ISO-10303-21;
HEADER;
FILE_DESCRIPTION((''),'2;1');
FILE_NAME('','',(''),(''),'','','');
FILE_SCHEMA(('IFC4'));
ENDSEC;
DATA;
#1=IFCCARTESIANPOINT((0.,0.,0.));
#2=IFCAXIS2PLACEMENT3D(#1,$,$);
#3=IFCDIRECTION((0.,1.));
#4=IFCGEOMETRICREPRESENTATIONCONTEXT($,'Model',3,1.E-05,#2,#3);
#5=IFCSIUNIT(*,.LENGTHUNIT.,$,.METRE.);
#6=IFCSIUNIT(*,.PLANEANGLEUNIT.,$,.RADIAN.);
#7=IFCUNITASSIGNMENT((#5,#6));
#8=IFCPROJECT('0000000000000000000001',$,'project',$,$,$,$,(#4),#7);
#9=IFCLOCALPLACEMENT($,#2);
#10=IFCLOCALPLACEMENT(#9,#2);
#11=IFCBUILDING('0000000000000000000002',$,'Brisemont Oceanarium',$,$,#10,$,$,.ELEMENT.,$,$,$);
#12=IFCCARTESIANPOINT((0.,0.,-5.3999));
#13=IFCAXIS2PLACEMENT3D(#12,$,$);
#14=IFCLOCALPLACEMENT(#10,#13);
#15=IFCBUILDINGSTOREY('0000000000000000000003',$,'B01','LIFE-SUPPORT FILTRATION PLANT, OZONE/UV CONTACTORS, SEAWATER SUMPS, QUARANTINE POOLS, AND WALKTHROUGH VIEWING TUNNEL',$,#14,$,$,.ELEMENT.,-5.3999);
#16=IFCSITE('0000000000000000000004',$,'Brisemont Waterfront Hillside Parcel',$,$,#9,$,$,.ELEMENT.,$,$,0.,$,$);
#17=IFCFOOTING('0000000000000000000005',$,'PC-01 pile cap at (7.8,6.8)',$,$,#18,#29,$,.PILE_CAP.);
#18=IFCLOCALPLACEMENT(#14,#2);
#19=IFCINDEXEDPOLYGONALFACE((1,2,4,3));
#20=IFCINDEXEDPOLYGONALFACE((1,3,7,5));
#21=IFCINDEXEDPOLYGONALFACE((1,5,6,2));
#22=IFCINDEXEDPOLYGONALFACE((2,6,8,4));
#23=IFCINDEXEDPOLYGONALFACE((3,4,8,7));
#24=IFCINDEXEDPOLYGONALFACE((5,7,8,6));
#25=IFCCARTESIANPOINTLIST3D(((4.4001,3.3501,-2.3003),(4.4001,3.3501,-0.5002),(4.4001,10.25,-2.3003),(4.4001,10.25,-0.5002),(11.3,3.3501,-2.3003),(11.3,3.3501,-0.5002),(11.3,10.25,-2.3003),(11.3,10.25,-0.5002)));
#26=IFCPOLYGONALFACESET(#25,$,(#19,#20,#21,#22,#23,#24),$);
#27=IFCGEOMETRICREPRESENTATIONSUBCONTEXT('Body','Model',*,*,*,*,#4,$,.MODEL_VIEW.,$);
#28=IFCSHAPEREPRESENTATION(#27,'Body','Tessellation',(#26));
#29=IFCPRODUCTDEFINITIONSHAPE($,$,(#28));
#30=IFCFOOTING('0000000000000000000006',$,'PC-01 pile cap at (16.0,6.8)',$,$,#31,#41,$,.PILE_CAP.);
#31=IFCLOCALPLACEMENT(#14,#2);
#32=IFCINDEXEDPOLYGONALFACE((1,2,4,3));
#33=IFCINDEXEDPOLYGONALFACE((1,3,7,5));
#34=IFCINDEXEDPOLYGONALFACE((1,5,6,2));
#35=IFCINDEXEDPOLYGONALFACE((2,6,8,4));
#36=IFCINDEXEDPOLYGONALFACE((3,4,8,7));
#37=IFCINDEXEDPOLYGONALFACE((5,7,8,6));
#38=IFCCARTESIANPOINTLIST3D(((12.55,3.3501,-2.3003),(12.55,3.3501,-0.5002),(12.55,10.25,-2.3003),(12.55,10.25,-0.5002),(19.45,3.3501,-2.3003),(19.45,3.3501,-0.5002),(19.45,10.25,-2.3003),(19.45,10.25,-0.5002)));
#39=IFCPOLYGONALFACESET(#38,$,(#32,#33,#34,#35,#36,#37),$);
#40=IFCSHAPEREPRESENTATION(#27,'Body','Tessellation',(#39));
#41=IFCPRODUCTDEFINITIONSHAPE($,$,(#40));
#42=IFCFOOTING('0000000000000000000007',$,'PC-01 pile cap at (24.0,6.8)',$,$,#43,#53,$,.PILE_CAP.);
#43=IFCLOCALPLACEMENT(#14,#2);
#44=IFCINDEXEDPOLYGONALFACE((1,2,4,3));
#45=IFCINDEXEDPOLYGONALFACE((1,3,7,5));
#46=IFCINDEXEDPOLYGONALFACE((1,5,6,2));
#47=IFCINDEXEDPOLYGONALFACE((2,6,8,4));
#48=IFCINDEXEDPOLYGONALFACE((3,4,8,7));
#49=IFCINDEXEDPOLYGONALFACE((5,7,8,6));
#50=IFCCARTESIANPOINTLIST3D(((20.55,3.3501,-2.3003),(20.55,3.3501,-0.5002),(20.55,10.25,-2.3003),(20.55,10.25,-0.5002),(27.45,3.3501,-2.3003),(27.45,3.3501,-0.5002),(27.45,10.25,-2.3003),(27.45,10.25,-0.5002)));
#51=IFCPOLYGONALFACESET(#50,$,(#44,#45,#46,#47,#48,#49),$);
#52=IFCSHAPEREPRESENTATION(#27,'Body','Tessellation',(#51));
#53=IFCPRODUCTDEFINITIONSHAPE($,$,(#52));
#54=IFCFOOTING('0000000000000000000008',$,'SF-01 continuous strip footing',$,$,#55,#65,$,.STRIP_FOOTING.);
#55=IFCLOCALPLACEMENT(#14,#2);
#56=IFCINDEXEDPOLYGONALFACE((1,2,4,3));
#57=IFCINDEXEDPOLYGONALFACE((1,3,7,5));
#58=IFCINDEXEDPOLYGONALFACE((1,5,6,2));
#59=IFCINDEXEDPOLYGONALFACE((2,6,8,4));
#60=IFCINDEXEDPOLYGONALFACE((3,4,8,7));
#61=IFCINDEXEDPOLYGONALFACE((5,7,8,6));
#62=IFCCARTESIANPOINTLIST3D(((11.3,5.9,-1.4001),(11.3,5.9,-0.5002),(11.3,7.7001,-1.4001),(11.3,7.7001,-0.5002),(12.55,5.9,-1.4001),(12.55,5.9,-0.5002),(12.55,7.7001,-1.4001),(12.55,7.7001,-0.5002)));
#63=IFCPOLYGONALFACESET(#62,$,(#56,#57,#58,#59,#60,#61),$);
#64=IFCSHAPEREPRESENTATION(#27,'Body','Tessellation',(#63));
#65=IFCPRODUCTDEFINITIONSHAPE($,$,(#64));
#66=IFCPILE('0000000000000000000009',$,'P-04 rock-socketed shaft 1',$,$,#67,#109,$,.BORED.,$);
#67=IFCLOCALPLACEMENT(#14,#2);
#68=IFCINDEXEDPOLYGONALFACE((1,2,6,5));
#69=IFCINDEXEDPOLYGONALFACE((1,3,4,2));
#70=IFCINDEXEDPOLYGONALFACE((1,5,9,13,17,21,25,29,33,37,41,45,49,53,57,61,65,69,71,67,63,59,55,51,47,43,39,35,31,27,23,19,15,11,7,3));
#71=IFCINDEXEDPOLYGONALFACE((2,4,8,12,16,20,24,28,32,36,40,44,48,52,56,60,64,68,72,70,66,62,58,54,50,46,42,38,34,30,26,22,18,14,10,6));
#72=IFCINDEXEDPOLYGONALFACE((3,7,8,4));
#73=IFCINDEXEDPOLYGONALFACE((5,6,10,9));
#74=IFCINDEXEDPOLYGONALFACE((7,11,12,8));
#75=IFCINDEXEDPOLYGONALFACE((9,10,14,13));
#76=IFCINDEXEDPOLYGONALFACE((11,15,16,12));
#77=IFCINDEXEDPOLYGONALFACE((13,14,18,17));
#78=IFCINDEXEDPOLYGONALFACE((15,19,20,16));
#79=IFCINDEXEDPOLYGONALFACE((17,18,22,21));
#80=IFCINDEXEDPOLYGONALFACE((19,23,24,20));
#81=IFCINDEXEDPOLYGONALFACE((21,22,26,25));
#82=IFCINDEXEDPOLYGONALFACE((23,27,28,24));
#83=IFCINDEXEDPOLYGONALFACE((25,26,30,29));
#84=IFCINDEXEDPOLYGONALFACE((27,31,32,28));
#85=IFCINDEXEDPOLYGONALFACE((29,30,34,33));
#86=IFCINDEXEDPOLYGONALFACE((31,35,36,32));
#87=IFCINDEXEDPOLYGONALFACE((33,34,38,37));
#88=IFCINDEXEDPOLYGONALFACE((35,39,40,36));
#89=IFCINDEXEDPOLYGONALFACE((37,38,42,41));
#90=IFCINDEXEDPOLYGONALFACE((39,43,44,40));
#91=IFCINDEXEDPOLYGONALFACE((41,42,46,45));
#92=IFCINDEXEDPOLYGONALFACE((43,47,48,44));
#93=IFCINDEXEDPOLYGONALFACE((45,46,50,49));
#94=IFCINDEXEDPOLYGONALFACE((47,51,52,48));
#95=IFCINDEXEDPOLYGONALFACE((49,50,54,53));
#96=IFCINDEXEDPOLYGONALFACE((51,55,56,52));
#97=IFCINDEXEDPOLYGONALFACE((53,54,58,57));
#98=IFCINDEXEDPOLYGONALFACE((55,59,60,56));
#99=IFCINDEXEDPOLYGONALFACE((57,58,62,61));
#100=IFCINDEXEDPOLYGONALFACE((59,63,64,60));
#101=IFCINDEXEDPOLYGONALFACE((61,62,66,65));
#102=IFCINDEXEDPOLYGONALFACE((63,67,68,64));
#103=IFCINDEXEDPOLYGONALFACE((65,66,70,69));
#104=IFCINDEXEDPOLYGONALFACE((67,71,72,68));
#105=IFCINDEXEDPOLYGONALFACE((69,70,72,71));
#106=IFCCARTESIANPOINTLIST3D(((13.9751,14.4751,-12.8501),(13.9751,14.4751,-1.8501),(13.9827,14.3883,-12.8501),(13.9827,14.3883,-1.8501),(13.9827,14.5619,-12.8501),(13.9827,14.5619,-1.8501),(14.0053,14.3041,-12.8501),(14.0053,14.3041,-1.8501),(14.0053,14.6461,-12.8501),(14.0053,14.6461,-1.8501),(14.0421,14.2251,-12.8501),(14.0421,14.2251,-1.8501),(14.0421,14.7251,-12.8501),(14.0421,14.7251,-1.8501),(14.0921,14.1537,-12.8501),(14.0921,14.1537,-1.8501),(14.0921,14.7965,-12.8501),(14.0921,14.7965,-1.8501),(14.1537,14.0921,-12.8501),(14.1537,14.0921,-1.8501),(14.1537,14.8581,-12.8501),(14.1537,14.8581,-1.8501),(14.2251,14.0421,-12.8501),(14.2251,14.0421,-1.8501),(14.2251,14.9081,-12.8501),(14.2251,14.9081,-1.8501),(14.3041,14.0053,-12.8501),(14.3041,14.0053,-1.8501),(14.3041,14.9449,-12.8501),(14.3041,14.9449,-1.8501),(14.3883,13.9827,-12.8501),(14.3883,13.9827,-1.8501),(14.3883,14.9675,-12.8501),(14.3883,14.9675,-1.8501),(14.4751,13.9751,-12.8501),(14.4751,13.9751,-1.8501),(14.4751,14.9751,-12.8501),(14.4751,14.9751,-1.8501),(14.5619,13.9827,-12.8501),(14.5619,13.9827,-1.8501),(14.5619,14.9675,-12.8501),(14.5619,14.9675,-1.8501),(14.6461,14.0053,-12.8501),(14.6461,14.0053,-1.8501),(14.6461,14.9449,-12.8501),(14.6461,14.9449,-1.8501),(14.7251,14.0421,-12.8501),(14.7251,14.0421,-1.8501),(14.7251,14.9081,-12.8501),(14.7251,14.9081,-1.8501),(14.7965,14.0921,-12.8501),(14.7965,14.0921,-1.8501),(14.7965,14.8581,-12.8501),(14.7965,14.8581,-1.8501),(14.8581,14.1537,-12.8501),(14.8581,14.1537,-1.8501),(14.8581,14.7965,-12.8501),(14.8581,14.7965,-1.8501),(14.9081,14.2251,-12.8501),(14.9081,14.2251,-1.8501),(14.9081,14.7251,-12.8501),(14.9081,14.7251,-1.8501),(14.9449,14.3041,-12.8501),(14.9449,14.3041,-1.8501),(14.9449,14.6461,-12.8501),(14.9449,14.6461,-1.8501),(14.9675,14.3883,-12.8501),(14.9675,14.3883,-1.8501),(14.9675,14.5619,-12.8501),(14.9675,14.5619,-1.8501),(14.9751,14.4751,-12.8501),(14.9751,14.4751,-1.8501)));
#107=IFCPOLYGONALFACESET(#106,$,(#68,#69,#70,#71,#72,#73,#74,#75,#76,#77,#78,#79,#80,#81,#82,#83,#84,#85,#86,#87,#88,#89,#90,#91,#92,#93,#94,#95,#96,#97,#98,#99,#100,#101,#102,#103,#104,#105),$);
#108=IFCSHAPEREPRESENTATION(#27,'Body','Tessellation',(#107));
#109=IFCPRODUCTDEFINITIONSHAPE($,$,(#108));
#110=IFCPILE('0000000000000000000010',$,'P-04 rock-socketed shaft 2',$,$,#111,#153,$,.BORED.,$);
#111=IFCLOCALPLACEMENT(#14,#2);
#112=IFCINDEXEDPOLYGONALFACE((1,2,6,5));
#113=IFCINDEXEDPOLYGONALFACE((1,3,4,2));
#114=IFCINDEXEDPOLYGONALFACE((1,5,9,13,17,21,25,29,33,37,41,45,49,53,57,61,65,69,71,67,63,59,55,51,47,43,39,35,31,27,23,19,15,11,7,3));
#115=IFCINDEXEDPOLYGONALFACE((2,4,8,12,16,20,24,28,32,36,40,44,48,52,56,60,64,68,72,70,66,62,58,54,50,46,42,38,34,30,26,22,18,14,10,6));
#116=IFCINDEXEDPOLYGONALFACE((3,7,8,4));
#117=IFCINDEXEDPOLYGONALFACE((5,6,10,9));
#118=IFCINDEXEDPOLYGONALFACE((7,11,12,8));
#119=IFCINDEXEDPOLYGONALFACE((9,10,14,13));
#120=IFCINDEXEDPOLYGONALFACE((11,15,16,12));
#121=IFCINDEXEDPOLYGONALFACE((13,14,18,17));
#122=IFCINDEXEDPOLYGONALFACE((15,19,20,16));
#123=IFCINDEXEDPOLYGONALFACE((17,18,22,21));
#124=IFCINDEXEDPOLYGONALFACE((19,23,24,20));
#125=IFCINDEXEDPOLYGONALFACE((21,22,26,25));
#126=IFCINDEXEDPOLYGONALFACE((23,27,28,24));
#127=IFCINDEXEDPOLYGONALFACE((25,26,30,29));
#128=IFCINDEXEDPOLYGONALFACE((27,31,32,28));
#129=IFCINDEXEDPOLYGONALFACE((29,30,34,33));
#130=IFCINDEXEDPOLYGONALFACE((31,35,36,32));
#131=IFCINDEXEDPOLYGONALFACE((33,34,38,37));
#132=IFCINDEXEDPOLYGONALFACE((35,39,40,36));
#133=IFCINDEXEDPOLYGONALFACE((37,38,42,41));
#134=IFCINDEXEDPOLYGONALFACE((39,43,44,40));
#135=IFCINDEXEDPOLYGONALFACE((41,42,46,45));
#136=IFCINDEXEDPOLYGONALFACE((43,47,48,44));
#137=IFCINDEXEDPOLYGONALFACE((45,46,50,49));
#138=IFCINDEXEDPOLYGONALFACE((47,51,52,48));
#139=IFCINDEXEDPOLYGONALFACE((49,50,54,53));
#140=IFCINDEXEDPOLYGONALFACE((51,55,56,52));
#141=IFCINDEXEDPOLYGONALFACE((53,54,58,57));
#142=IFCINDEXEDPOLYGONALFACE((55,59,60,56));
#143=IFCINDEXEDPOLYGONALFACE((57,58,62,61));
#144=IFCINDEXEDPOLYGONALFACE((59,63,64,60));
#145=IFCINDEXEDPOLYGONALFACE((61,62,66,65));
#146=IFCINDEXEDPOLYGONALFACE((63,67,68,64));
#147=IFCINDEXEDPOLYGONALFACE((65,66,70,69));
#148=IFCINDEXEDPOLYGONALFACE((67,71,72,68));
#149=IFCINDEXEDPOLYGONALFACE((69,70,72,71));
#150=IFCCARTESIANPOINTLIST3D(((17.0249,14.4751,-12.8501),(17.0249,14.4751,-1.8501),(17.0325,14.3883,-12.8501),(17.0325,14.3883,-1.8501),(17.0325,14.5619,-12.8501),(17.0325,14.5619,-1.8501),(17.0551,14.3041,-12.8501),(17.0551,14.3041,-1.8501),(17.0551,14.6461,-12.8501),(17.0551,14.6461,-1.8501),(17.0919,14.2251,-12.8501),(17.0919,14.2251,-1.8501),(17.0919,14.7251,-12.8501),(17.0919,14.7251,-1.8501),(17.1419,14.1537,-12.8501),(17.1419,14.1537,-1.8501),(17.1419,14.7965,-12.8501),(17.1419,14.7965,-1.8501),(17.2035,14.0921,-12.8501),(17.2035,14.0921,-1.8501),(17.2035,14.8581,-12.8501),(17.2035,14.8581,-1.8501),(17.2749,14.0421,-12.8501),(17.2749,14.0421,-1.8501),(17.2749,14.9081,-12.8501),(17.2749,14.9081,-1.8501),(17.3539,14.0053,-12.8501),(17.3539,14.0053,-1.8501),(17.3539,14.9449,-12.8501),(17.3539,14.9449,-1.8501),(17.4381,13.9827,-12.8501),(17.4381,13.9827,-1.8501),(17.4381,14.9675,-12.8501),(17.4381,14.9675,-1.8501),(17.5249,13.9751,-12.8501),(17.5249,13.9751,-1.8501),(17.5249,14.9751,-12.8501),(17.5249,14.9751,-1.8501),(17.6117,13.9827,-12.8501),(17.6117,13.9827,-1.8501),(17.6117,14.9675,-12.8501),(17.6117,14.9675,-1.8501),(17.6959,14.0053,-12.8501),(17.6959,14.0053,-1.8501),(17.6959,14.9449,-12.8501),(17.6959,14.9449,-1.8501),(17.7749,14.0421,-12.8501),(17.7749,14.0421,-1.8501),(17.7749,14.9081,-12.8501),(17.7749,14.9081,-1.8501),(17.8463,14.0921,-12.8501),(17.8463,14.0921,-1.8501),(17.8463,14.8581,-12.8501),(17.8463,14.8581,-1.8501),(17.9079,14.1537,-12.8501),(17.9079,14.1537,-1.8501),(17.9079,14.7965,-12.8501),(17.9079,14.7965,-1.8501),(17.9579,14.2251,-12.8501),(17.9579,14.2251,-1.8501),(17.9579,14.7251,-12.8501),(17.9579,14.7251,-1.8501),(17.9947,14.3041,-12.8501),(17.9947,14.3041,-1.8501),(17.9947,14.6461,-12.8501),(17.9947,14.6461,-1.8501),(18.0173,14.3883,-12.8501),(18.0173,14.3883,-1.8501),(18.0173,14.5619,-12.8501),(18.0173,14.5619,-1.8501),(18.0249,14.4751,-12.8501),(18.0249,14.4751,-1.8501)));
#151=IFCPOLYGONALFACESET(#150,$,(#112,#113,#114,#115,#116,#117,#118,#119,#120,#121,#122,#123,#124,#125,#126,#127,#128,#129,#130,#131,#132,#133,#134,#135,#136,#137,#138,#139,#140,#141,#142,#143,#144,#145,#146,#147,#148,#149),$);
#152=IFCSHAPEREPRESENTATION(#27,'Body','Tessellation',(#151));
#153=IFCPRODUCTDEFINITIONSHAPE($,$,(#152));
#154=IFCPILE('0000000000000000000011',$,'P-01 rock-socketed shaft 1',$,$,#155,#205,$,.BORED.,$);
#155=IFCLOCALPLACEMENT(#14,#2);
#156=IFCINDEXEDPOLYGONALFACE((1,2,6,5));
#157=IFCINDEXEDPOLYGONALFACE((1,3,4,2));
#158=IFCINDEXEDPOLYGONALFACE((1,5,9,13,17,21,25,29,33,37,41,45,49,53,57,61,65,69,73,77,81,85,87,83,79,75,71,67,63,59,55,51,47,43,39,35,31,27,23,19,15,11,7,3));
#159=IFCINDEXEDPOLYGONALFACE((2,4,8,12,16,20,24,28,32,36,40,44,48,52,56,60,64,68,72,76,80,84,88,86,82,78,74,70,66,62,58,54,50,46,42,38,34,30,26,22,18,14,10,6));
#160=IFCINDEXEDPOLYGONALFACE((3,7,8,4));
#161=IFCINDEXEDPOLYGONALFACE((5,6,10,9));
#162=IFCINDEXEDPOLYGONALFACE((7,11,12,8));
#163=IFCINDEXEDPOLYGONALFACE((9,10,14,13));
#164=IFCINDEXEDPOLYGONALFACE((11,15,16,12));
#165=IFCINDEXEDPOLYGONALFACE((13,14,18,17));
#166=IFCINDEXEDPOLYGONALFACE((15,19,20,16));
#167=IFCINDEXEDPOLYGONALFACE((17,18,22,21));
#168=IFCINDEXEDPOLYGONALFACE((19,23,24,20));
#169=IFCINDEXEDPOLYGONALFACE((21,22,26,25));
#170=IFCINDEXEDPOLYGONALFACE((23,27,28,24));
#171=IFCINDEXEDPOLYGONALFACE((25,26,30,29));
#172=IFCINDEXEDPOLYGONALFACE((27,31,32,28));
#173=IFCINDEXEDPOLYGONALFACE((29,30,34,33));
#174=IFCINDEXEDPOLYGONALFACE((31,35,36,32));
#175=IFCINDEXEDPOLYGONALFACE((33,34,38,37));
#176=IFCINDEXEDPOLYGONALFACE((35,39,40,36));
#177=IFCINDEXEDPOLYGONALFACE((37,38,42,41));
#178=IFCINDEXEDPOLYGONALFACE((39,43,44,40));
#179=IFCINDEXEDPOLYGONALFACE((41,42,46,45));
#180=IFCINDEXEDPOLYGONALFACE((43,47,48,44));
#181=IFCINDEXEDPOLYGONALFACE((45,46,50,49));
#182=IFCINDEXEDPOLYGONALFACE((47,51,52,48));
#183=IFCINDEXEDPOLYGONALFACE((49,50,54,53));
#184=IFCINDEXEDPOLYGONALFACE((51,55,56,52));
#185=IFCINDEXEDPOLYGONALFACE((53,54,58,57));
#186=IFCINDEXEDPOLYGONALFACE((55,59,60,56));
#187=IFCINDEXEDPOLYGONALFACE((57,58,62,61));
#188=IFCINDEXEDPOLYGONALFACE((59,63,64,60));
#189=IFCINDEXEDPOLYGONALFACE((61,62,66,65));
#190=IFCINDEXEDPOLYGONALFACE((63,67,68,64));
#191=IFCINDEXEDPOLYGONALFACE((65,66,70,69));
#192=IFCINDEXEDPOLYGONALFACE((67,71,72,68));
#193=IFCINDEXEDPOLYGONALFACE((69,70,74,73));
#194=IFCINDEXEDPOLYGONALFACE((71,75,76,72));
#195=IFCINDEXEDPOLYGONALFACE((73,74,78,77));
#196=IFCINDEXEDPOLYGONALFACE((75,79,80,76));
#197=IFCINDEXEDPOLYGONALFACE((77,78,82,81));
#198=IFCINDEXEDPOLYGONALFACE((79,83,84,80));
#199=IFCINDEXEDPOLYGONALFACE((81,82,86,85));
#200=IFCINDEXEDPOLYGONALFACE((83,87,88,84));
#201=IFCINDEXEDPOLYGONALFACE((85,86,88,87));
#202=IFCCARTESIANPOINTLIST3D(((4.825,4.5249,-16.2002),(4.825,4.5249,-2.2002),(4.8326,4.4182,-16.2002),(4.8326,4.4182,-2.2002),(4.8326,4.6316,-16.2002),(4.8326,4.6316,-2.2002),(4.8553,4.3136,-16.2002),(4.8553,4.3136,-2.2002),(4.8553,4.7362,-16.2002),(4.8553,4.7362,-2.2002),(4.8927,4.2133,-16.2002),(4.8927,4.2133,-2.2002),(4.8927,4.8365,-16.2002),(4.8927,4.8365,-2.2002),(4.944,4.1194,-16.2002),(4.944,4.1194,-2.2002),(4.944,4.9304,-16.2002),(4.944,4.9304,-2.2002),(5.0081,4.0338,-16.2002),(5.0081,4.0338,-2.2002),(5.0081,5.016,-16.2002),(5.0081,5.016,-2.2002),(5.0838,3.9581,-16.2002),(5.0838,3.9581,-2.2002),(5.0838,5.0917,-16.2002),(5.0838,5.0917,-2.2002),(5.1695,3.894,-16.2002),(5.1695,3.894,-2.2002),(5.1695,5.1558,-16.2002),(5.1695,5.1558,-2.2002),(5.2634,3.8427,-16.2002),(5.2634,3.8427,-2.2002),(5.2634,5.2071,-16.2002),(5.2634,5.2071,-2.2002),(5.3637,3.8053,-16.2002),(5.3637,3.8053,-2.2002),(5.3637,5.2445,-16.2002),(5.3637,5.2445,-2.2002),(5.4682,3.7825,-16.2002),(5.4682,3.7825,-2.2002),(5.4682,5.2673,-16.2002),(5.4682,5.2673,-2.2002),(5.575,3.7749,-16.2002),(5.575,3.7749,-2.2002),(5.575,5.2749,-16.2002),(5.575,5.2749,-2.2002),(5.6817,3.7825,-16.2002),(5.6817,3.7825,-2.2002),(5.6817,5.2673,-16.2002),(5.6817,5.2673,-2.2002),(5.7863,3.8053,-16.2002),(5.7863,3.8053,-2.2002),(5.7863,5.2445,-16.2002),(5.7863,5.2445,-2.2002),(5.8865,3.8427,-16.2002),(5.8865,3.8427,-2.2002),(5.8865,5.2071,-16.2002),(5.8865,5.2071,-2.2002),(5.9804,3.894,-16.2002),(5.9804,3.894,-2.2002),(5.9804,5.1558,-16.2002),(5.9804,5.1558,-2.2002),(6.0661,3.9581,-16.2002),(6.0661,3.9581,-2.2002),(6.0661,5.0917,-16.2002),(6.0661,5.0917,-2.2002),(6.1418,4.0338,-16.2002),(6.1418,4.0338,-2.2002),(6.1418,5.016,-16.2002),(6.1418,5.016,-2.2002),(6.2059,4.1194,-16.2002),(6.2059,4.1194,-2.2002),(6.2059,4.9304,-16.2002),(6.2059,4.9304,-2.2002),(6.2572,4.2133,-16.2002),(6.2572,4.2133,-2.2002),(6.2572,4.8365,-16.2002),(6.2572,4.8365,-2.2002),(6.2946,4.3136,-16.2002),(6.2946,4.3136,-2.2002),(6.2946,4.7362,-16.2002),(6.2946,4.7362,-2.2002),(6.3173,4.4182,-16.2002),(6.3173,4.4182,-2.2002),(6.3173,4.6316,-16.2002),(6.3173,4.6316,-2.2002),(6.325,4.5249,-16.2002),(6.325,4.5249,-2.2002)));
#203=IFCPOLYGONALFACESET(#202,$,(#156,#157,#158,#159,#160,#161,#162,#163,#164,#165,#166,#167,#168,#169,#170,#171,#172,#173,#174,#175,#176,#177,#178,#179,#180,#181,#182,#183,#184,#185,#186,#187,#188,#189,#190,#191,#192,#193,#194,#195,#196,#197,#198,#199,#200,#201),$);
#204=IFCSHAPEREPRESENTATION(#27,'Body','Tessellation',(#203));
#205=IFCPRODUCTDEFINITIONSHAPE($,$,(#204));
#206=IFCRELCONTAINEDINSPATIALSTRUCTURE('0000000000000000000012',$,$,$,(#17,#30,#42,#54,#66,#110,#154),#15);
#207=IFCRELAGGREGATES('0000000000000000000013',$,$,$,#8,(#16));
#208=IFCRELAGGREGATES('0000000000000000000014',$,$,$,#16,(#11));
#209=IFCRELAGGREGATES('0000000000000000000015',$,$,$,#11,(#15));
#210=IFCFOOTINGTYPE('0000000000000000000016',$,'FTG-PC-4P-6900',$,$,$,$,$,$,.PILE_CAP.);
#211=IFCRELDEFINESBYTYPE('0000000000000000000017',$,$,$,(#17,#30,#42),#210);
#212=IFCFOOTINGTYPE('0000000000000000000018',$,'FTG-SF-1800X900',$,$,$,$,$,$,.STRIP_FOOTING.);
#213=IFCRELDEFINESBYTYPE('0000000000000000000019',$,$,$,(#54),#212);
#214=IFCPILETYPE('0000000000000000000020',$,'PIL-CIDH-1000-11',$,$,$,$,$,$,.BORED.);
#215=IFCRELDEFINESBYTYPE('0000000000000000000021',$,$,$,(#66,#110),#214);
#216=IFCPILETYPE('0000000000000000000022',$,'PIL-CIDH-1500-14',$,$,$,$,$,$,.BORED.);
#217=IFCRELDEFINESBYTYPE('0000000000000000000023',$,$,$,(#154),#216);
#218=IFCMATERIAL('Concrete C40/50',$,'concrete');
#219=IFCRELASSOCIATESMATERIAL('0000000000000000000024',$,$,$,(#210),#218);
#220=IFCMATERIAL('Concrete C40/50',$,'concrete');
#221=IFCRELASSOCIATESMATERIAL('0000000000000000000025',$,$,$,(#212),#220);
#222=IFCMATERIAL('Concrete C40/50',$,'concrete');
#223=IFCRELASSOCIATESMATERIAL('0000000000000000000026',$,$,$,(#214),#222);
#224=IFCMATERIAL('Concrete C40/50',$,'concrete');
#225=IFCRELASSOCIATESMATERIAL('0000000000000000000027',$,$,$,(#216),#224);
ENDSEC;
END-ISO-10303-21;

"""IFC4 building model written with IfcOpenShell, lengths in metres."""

from ifc_helpers import new_model, si_unit, direction, frame, origin, origin_2d, place, context, subcontext, project, spatial, rectangle, circle, extrude, material, material_profile, profile_set, type_object, element, save


model = new_model("IFC4")

# Units and contexts
model_context = context("Model", 3, precision=1e-05, world=origin(), true_north=direction((0.0, 1.0)))
body_context = subcontext(model_context, "Body", "Model", "MODEL_VIEW")
ifc_project = project(units=[si_unit("LENGTHUNIT", "METRE"), si_unit("PLANEANGLEUNIT", "RADIAN")], contexts=[model_context])

# Site, building, storey
site_placement = place(None, origin())
site = spatial("IfcSite", under=ifc_project, at=site_placement, Name="Brisemont Waterfront Hillside Parcel", CompositionType="ELEMENT", RefElevation=0.0)
building_placement = place(site_placement, origin())
building = spatial("IfcBuilding", under=site, at=building_placement, Name="Brisemont Oceanarium", CompositionType="ELEMENT")
storey_placement = place(building_placement, frame((0.0, 0.0, -5.3999)))
storey = spatial("IfcBuildingStorey", under=building, at=storey_placement, Name="B01", Description="LIFE-SUPPORT FILTRATION PLANT, OZONE/UV CONTACTORS, SEAWATER SUMPS, QUARANTINE POOLS, AND WALKTHROUGH VIEWING TUNNEL", CompositionType="ELEMENT", Elevation=-5.3999)

# Footings
ifc_material_1 = material(Name="Concrete C40/50", Category="concrete")
footing_type_1 = type_object("IfcFootingType", Name="FTG-PC-4P-6900", PredefinedType="PILE_CAP", material=ifc_material_1)
for number, where, z_axis, x_axis, name in (
    (1, (7.8501, 6.8, -2.3003), (0.0, 0.0, 1.0), (1.0, 0.0, 0.0), "PC-01 pile cap at (7.8,6.8)"),
    (2, (16.0, 6.8, -2.3003), (0.0, 0.0, 1.0), (1.0, 0.0, 0.0), "PC-01 pile cap at (16.0,6.8)"),
    (3, (24.0, 6.8, -2.3003), (0.0, 0.0, 1.0), (1.0, 0.0, 0.0), "PC-01 pile cap at (24.0,6.8)"),
):
    element("IfcFooting", number, at=place(storey_placement, frame(where, z_axis=z_axis, x_axis=x_axis)), inside=storey, type_object=footing_type_1, Name=name, PredefinedType="PILE_CAP", context=body_context, shape_type="SweptSolid", body=[
        extrude(rectangle(XDim=6.8999, YDim=6.8999, at=origin_2d()), origin(), (0.0, 0.0, 1.0), 1.8),
    ])
ifc_material_2 = material(Name="Concrete C40/50", Category="concrete")
footing_type_2 = type_object("IfcFootingType", Name="FTG-SF-1800X900", PredefinedType="STRIP_FOOTING", material=ifc_material_2)
footing_placement = place(storey_placement, frame((11.925, 6.8, -1.4001), z_axis=(0.0, 0.0, 1.0), x_axis=(1.0, 0.0, 0.0)))
element("IfcFooting", 4, at=footing_placement, inside=storey, type_object=footing_type_2, Name="SF-01 continuous strip footing", PredefinedType="STRIP_FOOTING", context=body_context, shape_type="SweptSolid", body=[
    extrude(rectangle(XDim=1.25, YDim=1.8, at=origin_2d()), origin(), (0.0, 0.0, 1.0), 0.8999),
])

# Piles
ifc_material_3 = material(Name="Concrete C40/50", Category="concrete")
ifc_material_profile_1 = material_profile(ifc_material_3, circle(Radius=0.5, at=origin_2d()), Name="CIDH-D1000")
ifc_profile_set_1 = profile_set([ifc_material_profile_1], Name="Concrete C40/50")
pile_type_1 = type_object("IfcPileType", Name="PIL-CIDH-1000-11", PredefinedType="BORED", material=ifc_profile_set_1)
for number, where, z_axis, x_axis, name in (
    (5, (14.4751, 14.4751, -1.8501), (0.0, 0.0, -1.0), (1.0, 0.0, 0.0), "P-04 rock-socketed shaft 1"),
    (6, (17.5249, 14.4751, -1.8501), (0.0, 0.0, -1.0), (1.0, 0.0, 0.0), "P-04 rock-socketed shaft 2"),
):
    element("IfcPile", number, at=place(storey_placement, frame(where, z_axis=z_axis, x_axis=x_axis)), inside=storey, type_object=pile_type_1, Name=name, PredefinedType="BORED", context=body_context, shape_type="SweptSolid", body=[
        extrude(circle(Radius=0.5, at=origin_2d()), origin(), (0.0, 0.0, 1.0), 11.0),
    ])
ifc_material_4 = material(Name="Concrete C40/50", Category="concrete")
ifc_material_profile_2 = material_profile(ifc_material_4, circle(Radius=0.75, at=origin_2d()), Name="CIDH-D1500")
ifc_profile_set_2 = profile_set([ifc_material_profile_2], Name="Concrete C40/50")
pile_type_2 = type_object("IfcPileType", Name="PIL-CIDH-1500-14", PredefinedType="BORED", material=ifc_profile_set_2)
for number, where, z_axis, x_axis, name in (
    (7, (5.575, 4.5249, -2.2002), (0.0, 0.0, -1.0), (1.0, 0.0, 0.0), "P-01 rock-socketed shaft 1"),
):
    element("IfcPile", number, at=place(storey_placement, frame(where, z_axis=z_axis, x_axis=x_axis)), inside=storey, type_object=pile_type_2, Name=name, PredefinedType="BORED", context=body_context, shape_type="SweptSolid", body=[
        extrude(circle(Radius=0.75, at=origin_2d()), origin(), (0.0, 0.0, 1.0), 14.0),
    ])

save(model, "model.ifc")
